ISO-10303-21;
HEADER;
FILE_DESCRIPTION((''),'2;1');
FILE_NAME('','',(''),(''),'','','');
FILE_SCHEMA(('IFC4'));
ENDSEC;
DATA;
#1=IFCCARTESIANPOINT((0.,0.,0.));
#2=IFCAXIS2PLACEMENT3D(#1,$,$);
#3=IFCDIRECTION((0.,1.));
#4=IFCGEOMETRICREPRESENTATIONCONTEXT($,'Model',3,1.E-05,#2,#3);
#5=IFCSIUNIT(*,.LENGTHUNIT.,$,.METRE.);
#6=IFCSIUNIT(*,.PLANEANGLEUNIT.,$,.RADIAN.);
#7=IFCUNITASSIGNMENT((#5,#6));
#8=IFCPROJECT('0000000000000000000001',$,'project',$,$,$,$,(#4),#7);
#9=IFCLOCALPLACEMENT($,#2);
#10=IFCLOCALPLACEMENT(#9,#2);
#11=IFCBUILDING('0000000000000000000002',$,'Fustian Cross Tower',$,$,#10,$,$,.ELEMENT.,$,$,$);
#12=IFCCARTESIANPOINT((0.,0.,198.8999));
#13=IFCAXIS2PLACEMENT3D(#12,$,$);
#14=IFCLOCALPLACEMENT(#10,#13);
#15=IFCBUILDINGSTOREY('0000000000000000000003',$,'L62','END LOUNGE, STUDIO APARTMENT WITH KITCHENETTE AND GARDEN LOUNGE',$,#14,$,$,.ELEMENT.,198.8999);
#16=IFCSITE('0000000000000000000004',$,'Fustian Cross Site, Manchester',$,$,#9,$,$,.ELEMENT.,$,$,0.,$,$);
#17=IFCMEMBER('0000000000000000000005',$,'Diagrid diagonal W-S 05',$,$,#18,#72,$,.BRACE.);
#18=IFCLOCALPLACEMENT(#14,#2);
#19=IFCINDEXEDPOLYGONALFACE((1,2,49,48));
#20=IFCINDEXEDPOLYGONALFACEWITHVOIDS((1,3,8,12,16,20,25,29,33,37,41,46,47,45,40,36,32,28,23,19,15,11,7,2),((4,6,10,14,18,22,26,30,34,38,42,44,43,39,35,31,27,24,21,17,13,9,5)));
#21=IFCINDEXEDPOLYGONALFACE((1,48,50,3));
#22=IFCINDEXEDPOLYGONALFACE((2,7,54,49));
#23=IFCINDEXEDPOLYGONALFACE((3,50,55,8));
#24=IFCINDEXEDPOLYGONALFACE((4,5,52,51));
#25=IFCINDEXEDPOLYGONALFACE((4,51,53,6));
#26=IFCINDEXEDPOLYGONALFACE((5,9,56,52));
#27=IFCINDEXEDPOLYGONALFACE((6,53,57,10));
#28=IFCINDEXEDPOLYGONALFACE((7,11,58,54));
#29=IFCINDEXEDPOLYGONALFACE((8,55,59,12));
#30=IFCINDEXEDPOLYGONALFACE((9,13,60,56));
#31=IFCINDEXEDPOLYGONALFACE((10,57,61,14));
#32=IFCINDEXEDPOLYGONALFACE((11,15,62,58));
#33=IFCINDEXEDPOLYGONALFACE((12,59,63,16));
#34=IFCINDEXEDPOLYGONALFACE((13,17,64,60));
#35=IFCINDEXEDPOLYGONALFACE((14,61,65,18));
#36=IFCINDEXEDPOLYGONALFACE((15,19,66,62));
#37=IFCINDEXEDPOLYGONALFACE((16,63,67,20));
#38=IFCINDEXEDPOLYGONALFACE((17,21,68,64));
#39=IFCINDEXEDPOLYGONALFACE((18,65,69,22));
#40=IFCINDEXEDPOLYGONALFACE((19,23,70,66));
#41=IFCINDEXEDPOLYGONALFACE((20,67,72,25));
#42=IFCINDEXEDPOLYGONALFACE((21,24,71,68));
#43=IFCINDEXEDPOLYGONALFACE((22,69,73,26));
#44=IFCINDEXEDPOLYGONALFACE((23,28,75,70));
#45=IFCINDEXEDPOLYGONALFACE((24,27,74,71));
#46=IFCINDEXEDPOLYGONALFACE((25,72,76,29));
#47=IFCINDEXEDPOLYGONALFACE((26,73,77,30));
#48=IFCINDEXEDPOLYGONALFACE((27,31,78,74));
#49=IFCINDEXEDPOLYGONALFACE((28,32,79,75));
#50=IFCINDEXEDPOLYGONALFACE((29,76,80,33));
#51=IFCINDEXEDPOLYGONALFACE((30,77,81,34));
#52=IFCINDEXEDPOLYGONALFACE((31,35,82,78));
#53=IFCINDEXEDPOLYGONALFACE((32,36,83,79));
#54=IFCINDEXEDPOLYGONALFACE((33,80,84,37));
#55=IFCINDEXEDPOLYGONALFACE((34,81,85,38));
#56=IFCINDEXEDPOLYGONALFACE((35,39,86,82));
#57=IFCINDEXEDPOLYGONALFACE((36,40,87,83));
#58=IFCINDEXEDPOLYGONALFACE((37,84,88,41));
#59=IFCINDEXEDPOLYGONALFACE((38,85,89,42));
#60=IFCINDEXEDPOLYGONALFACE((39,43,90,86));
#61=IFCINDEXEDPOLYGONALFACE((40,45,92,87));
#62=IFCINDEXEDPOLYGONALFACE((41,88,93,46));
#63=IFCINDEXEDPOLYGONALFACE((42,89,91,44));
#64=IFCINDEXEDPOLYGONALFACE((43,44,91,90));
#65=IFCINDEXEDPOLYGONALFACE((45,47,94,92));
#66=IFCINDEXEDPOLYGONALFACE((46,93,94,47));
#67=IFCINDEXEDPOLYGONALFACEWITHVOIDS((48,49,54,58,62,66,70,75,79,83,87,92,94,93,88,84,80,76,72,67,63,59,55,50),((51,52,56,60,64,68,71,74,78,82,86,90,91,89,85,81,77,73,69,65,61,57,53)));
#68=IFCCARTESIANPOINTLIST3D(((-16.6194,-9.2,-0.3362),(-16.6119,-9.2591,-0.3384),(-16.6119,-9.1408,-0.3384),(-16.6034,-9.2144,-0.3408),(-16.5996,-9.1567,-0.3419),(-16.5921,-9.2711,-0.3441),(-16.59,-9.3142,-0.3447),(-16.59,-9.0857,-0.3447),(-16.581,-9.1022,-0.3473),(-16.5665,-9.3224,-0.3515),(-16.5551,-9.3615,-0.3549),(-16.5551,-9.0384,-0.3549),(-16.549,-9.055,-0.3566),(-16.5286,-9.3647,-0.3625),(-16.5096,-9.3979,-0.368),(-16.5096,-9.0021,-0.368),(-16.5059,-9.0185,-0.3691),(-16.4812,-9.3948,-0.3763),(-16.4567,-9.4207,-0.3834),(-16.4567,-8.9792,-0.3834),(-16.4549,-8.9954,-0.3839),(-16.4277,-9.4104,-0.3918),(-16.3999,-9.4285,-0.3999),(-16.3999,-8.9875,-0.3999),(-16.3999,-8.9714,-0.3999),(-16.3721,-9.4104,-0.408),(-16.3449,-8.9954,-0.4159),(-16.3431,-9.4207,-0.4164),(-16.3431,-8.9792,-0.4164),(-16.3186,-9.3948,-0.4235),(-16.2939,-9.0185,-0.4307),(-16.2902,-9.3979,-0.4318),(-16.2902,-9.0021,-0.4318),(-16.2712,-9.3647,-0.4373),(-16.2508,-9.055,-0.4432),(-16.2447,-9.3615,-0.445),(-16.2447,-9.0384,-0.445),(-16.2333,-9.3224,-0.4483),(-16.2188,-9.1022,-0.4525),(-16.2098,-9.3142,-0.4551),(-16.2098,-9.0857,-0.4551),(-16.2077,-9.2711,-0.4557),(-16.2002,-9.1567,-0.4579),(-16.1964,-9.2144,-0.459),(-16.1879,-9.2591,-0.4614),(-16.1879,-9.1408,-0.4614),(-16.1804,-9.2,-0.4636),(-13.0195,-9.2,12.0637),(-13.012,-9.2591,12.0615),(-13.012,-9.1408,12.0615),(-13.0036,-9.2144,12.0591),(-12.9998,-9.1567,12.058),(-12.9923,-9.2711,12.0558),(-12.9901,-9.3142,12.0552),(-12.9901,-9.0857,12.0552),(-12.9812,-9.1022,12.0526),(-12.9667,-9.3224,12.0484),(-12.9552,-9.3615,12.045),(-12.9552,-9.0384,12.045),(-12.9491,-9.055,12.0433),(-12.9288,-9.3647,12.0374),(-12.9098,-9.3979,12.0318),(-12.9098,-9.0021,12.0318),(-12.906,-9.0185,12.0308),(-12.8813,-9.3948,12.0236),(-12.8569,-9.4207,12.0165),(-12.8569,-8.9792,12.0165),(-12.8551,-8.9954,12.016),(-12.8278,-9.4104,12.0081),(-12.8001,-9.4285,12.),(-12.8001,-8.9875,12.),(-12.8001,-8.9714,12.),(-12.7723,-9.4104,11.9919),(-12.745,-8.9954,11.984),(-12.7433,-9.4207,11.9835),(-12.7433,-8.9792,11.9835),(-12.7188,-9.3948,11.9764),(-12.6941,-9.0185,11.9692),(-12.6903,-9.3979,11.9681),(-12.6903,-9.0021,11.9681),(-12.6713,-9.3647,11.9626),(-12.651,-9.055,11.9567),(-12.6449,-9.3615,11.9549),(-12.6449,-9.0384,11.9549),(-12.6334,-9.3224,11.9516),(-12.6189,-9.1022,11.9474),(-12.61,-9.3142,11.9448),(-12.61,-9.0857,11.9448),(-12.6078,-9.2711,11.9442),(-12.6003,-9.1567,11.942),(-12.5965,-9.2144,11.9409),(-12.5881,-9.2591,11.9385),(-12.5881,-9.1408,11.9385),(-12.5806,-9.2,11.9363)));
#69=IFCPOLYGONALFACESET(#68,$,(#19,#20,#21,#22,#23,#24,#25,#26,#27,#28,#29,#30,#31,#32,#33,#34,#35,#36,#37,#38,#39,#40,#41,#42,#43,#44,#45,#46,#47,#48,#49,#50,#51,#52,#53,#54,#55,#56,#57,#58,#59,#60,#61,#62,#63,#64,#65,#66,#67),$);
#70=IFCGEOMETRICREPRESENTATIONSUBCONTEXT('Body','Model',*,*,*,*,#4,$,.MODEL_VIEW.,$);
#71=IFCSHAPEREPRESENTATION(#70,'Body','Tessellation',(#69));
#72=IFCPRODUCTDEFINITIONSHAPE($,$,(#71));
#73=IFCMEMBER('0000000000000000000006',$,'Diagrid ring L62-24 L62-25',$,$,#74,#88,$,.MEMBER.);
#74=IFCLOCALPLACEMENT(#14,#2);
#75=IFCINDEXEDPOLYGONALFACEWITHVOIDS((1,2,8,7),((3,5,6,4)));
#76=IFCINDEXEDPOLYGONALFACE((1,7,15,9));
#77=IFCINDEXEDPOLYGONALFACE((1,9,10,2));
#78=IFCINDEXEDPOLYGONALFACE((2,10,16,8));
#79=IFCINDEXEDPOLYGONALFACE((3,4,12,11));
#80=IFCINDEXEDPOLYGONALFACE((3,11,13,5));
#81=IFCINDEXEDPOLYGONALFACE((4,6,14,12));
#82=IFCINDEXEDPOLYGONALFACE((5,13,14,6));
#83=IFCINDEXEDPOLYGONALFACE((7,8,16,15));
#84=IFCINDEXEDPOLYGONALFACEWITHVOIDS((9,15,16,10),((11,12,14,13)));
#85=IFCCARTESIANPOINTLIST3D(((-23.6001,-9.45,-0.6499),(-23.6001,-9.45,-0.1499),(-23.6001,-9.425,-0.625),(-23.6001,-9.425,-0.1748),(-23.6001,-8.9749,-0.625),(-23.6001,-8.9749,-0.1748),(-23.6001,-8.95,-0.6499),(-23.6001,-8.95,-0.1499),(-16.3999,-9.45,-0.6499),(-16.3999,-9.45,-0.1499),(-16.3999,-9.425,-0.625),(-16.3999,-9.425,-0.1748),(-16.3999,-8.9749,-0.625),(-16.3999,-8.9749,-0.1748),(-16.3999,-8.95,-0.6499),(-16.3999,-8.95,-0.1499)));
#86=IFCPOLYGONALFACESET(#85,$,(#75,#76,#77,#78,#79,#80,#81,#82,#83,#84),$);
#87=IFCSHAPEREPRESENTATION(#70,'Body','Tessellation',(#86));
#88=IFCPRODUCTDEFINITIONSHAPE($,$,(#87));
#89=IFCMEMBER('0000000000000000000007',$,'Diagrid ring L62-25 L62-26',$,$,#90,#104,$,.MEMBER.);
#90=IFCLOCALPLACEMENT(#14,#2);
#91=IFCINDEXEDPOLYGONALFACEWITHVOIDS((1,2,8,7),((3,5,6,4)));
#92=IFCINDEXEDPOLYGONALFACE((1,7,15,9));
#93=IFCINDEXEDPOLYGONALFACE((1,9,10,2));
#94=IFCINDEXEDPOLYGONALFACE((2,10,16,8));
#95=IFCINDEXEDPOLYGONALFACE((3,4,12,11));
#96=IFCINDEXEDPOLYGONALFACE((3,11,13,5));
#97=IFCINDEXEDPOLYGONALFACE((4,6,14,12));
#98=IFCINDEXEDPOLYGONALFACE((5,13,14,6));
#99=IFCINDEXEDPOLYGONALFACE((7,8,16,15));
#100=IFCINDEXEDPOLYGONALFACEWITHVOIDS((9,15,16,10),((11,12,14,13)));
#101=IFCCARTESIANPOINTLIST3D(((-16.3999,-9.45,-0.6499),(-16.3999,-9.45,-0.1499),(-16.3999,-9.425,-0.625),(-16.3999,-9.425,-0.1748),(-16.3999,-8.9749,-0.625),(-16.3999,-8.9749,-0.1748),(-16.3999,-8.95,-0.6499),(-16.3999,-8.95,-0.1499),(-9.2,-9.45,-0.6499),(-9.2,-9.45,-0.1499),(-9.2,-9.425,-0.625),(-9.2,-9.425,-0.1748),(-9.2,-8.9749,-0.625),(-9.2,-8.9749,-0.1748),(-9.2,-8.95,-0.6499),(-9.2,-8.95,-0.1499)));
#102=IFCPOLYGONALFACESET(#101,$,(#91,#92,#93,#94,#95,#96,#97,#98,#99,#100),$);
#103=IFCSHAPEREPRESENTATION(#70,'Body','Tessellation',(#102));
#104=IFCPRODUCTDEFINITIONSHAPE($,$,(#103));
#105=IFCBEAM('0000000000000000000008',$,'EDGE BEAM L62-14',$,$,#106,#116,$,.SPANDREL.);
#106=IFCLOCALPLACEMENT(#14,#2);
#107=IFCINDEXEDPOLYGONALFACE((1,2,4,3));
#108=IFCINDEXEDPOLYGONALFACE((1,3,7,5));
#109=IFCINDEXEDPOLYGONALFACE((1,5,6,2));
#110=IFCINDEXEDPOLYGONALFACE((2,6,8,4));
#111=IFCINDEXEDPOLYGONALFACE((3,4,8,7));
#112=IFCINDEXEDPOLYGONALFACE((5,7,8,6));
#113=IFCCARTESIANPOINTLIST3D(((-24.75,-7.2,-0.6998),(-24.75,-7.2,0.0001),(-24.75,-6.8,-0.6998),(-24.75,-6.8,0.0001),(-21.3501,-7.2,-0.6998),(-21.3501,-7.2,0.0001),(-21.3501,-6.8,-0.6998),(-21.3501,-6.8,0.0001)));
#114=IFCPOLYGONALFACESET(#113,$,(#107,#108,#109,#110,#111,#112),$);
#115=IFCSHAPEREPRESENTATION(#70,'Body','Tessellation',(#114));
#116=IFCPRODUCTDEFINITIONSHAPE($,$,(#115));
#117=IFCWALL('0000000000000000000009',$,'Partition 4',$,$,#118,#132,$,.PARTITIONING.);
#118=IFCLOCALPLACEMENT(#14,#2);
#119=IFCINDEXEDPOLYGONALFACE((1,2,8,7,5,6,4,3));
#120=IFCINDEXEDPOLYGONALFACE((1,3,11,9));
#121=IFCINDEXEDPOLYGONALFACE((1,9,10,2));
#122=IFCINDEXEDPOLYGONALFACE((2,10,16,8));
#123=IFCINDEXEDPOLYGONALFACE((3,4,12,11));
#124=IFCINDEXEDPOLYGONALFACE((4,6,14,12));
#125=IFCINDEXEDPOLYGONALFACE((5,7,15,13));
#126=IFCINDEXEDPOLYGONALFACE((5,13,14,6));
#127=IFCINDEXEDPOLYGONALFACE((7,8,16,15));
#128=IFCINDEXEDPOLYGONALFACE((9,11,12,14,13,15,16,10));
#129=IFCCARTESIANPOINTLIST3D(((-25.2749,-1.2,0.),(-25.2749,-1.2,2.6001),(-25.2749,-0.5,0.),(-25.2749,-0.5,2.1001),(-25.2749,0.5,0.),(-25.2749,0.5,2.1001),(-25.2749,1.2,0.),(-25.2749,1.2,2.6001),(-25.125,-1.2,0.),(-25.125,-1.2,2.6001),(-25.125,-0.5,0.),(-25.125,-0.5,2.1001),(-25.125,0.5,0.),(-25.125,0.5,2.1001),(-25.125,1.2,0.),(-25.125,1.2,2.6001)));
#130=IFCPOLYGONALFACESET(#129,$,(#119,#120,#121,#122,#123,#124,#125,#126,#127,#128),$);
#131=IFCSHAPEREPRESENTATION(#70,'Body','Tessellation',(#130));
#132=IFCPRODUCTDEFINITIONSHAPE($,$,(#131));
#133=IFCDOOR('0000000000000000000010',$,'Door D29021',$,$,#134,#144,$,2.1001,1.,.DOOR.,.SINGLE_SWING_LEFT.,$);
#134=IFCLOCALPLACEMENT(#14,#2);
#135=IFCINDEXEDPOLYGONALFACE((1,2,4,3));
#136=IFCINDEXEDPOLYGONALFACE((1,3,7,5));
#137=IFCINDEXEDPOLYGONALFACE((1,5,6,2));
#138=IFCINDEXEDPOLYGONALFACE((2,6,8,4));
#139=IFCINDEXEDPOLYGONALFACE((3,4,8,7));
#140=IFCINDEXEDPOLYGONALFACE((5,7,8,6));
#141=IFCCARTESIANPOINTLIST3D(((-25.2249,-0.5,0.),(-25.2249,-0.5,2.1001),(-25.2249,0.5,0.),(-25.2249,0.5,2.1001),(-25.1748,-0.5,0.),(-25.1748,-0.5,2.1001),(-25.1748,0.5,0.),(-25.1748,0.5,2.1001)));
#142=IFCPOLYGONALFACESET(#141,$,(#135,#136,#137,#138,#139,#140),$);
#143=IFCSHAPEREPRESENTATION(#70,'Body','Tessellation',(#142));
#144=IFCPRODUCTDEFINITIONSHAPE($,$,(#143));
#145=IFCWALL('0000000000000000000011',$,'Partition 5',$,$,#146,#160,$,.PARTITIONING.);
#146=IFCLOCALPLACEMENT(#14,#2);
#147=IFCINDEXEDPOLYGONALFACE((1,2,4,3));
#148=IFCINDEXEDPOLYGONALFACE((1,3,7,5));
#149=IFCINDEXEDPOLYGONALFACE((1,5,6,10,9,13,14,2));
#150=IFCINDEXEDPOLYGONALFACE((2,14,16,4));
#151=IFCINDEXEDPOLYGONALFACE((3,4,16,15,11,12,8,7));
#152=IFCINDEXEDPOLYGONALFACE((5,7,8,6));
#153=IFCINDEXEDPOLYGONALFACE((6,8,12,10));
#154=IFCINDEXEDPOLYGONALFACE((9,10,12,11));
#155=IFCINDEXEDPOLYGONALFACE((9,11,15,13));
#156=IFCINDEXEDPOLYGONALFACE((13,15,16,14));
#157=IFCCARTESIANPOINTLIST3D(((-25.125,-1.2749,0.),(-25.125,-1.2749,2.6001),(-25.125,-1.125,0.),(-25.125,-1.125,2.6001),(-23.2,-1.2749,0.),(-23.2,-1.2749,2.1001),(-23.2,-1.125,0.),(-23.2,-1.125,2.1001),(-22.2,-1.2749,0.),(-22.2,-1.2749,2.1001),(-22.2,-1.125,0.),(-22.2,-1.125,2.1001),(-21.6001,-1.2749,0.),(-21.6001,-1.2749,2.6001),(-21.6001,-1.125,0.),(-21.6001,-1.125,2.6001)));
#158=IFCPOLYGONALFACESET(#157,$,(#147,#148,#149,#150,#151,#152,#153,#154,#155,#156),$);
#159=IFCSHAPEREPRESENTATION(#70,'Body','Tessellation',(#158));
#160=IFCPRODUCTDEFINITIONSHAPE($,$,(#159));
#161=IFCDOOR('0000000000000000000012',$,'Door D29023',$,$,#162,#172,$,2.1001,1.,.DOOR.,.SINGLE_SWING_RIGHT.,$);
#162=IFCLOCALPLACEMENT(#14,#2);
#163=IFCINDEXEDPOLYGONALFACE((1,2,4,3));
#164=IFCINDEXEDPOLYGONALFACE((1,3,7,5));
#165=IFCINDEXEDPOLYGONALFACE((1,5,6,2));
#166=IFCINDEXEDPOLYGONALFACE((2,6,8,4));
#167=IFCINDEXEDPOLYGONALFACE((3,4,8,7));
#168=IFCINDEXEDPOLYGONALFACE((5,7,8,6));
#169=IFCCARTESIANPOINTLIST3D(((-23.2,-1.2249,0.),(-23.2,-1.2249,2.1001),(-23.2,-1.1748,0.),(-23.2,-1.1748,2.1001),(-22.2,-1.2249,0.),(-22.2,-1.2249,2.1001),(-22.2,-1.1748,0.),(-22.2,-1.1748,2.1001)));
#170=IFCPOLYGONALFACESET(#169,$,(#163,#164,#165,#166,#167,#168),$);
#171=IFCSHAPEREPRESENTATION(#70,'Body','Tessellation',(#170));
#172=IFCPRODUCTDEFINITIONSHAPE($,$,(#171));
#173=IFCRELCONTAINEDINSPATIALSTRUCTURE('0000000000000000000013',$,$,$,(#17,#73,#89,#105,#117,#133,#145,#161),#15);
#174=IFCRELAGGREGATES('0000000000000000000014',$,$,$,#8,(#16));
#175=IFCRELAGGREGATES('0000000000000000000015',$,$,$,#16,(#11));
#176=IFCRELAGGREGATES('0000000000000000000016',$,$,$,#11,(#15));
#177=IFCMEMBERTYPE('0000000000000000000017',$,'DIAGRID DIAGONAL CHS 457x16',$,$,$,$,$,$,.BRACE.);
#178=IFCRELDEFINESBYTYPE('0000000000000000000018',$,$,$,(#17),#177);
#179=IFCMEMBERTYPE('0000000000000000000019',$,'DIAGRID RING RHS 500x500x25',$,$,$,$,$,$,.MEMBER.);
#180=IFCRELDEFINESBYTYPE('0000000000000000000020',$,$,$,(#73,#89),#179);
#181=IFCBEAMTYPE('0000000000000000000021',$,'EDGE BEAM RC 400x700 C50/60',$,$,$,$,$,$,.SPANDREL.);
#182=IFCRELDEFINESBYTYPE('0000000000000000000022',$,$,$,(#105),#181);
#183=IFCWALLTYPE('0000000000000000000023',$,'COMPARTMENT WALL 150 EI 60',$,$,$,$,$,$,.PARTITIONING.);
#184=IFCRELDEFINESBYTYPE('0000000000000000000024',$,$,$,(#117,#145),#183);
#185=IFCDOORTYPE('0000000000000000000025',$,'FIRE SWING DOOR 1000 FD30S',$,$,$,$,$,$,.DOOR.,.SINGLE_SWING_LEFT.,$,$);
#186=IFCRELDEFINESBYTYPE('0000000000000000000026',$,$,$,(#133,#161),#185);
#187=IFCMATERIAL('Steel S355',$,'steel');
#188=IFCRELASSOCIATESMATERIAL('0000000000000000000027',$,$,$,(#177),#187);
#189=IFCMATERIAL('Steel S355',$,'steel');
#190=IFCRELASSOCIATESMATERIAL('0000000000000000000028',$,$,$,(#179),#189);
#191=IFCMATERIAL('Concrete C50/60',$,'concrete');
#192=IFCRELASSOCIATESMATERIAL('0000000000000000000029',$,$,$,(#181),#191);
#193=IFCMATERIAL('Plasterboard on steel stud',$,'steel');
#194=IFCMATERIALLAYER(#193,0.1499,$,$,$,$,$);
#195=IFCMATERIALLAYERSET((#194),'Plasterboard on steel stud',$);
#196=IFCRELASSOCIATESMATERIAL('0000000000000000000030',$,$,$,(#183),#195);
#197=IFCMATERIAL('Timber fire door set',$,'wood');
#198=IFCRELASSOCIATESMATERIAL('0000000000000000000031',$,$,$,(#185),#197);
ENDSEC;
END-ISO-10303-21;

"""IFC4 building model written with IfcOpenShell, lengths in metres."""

from ifc_helpers import new_model, si_unit, direction, frame, frame_2d, origin, origin_2d, place, context, subcontext, project, spatial, rectangle, hollow_rectangle, hollow_circle, extrude, material, layer, layer_set, material_profile, profile_set, type_object, element, fill, save


model = new_model("IFC4")

# Units and contexts
model_context = context("Model", 3, precision=1e-05, world=origin(), true_north=direction((0.0, 1.0)))
body_context = subcontext(model_context, "Body", "Model", "MODEL_VIEW")
ifc_project = project(units=[si_unit("LENGTHUNIT", "METRE"), si_unit("PLANEANGLEUNIT", "RADIAN")], contexts=[model_context])

# Site, building, storey
site_placement = place(None, origin())
site = spatial("IfcSite", under=ifc_project, at=site_placement, Name="Fustian Cross Site, Manchester", CompositionType="ELEMENT", RefElevation=0.0)
building_placement = place(site_placement, origin())
building = spatial("IfcBuilding", under=site, at=building_placement, Name="Fustian Cross Tower", CompositionType="ELEMENT")
storey_placement = place(building_placement, frame((0.0, 0.0, 198.8999)))
storey = spatial("IfcBuildingStorey", under=building, at=storey_placement, Name="L62", Description="END LOUNGE, STUDIO APARTMENT WITH KITCHENETTE AND GARDEN LOUNGE", CompositionType="ELEMENT", Elevation=198.8999)

# Members
ifc_material_1 = material(Name="Steel S355", Category="steel")
ifc_material_profile_1 = material_profile(ifc_material_1, hollow_circle(Radius=0.2285, WallThickness=0.0161, at=origin_2d()), Name="CHS 457x16")
ifc_profile_set_1 = profile_set([ifc_material_profile_1], Name="Steel S355")
member_type_1 = type_object("IfcMemberType", Name="DIAGRID DIAGONAL CHS 457x16", PredefinedType="BRACE", material=ifc_profile_set_1)
for number, where, z_axis, x_axis, name in (
    (1, (-16.3999, -9.2, -0.3999), (0.278802, 0.0, 0.960349), (0.0, 1.0, 0.0), "Diagrid diagonal W-S 05"),
):
    element("IfcMember", number, at=place(storey_placement, frame(where, z_axis=z_axis, x_axis=x_axis)), inside=storey, type_object=member_type_1, Name=name, PredefinedType="BRACE", context=body_context, shape_type="SweptSolid", body=[
        extrude(hollow_circle(Radius=0.2285, WallThickness=0.0161, at=origin_2d()), origin(), (0.0, 0.0, 1.0), 12.9119),
    ])
ifc_material_2 = material(Name="Steel S355", Category="steel")
ifc_material_profile_2 = material_profile(ifc_material_2, hollow_rectangle(XDim=0.5, YDim=0.5, WallThickness=0.0249, at=origin_2d()), Name="RHS 500x500x25")
ifc_profile_set_2 = profile_set([ifc_material_profile_2], Name="Steel S355")
member_type_2 = type_object("IfcMemberType", Name="DIAGRID RING RHS 500x500x25", PredefinedType="MEMBER", material=ifc_profile_set_2)
member_1_placement = place(storey_placement, frame((-23.6001, -9.2, -0.3999), z_axis=(1.0, 0.0, 0.0), x_axis=(0.0, 1.0, 0.0)))
element("IfcMember", 2, at=member_1_placement, inside=storey, type_object=member_type_2, Name="Diagrid ring L62-24 L62-25", PredefinedType="MEMBER", context=body_context, shape_type="SweptSolid", body=[
    extrude(hollow_rectangle(XDim=0.5, YDim=0.5, WallThickness=0.0249, at=origin_2d()), origin(), (0.0, 0.0, 1.0), 7.2002),
])
member_2_placement = place(storey_placement, frame((-16.3999, -9.2, -0.3999), z_axis=(1.0, 0.0, 0.0), x_axis=(0.0, 1.0, 0.0)))
element("IfcMember", 3, at=member_2_placement, inside=storey, type_object=member_type_2, Name="Diagrid ring L62-25 L62-26", PredefinedType="MEMBER", context=body_context, shape_type="SweptSolid", body=[
    extrude(hollow_rectangle(XDim=0.5, YDim=0.5, WallThickness=0.0249, at=origin_2d()), origin(), (0.0, 0.0, 1.0), 7.2),
])

# Beam
ifc_material_3 = material(Name="Concrete C50/60", Category="concrete")
ifc_material_profile_3 = material_profile(ifc_material_3, rectangle(XDim=0.3999, YDim=0.7, at=origin_2d()), Name="RC 400x700")
ifc_profile_set_3 = profile_set([ifc_material_profile_3], Name="Concrete C50/60")
beam_type = type_object("IfcBeamType", Name="EDGE BEAM RC 400x700 C50/60", PredefinedType="SPANDREL", material=ifc_profile_set_3)
beam_placement = place(storey_placement, frame((-24.75, -7.0, -0.3499), z_axis=(1.0, 0.0, 0.0), x_axis=(0.0, 1.0, 0.0)))
element("IfcBeam", 4, at=beam_placement, inside=storey, type_object=beam_type, Name="EDGE BEAM L62-14", PredefinedType="SPANDREL", context=body_context, shape_type="SweptSolid", body=[
    extrude(rectangle(XDim=0.3999, YDim=0.7, at=origin_2d()), origin(), (0.0, 0.0, 1.0), 3.3999),
])

# Walls, openings, doors
ifc_material_4 = material(Name="Plasterboard on steel stud", Category="steel")
ifc_layer_1 = layer(ifc_material_4, 0.1499)
ifc_layer_set_1 = layer_set([ifc_layer_1], Name="Plasterboard on steel stud")
wall_type_1 = type_object("IfcWallType", Name="COMPARTMENT WALL 150 EI 60", PredefinedType="PARTITIONING", material=ifc_layer_set_1)
wall_1_placement = place(storey_placement, frame((-25.2, -1.2, 0.0), z_axis=(0.0, 0.0, 1.0), x_axis=(0.0, 1.0, 0.0)))
wall_1 = element("IfcWall", 5, at=wall_1_placement, inside=storey, type_object=wall_type_1, Name="Partition 4", PredefinedType="PARTITIONING", context=body_context, shape_type="SweptSolid", body=[
    extrude(rectangle(XDim=2.3999, YDim=0.1499, at=frame_2d((1.2, 0.0))), origin(), (0.0, 0.0, 1.0), 2.6001),
])
opening_1_placement = place(wall_1_placement, frame((0.7, 0.0, 0.0)))
opening_1 = element("IfcOpeningElement", 6, at=opening_1_placement, cuts=wall_1, PredefinedType="OPENING", context=body_context, shape_type="SweptSolid", body=[
    extrude(rectangle(XDim=1.0, YDim=2.1001, at=frame_2d((0.5, 1.05))), frame((0.0, 0.085, 0.0), z_axis=(0.0, -1.0, 0.0), x_axis=(1.0, 0.0, 0.0)), (0.0, 0.0, 1.0), 0.1699),
])
ifc_material_5 = material(Name="Timber fire door set", Category="wood")
door_type_1 = type_object("IfcDoorType", Name="FIRE SWING DOOR 1000 FD30S", OperationType="SINGLE_SWING_LEFT", PredefinedType="DOOR", material=ifc_material_5)
door_1_placement = place(opening_1_placement, origin())
door_1 = element("IfcDoor", 7, at=door_1_placement, inside=storey, type_object=door_type_1, Name="Door D29021", OperationType="SINGLE_SWING_LEFT", OverallHeight=2.1001, OverallWidth=1.0, PredefinedType="DOOR", context=body_context, shape_type="SweptSolid", body=[
    extrude(rectangle(XDim=1.0, YDim=2.1001, at=frame_2d((0.5, 1.05))), frame((0.0, 0.0249, 0.0), z_axis=(0.0, -1.0, 0.0), x_axis=(1.0, 0.0, 0.0)), (0.0, 0.0, 1.0), 0.05),
])
fill(opening_1, door_1)
wall_2_placement = place(storey_placement, frame((-25.125, -1.2, 0.0), z_axis=(0.0, 0.0, 1.0), x_axis=(1.0, 0.0, 0.0)))
wall_2 = element("IfcWall", 8, at=wall_2_placement, inside=storey, type_object=wall_type_1, Name="Partition 5", PredefinedType="PARTITIONING", context=body_context, shape_type="SweptSolid", body=[
    extrude(rectangle(XDim=3.5249, YDim=0.1499, at=frame_2d((1.7625, 0.0))), origin(), (0.0, 0.0, 1.0), 2.6001),
])
opening_2_placement = place(wall_2_placement, frame((1.925, 0.0, 0.0)))
opening_2 = element("IfcOpeningElement", 9, at=opening_2_placement, cuts=wall_2, PredefinedType="OPENING", context=body_context, shape_type="SweptSolid", body=[
    extrude(rectangle(XDim=1.0, YDim=2.1001, at=frame_2d((0.5, 1.05))), frame((0.0, 0.085, 0.0), z_axis=(0.0, -1.0, 0.0), x_axis=(1.0, 0.0, 0.0)), (0.0, 0.0, 1.0), 0.1699),
])
door_2_placement = place(opening_2_placement, frame((1.0, 0.0, 0.0), z_axis=(0.0, 0.0, 1.0), x_axis=(-1.0, 0.0, 0.0)))
door_2 = element("IfcDoor", 10, at=door_2_placement, inside=storey, type_object=door_type_1, Name="Door D29023", OperationType="SINGLE_SWING_RIGHT", OverallHeight=2.1001, OverallWidth=1.0, PredefinedType="DOOR", context=body_context, shape_type="SweptSolid", body=[
    extrude(rectangle(XDim=1.0, YDim=2.1001, at=frame_2d((0.5, 1.05))), frame((0.0, 0.0249, 0.0), z_axis=(0.0, -1.0, 0.0), x_axis=(1.0, 0.0, 0.0)), (0.0, 0.0, 1.0), 0.05),
])
fill(opening_2, door_2)

save(model, "model.ifc")
